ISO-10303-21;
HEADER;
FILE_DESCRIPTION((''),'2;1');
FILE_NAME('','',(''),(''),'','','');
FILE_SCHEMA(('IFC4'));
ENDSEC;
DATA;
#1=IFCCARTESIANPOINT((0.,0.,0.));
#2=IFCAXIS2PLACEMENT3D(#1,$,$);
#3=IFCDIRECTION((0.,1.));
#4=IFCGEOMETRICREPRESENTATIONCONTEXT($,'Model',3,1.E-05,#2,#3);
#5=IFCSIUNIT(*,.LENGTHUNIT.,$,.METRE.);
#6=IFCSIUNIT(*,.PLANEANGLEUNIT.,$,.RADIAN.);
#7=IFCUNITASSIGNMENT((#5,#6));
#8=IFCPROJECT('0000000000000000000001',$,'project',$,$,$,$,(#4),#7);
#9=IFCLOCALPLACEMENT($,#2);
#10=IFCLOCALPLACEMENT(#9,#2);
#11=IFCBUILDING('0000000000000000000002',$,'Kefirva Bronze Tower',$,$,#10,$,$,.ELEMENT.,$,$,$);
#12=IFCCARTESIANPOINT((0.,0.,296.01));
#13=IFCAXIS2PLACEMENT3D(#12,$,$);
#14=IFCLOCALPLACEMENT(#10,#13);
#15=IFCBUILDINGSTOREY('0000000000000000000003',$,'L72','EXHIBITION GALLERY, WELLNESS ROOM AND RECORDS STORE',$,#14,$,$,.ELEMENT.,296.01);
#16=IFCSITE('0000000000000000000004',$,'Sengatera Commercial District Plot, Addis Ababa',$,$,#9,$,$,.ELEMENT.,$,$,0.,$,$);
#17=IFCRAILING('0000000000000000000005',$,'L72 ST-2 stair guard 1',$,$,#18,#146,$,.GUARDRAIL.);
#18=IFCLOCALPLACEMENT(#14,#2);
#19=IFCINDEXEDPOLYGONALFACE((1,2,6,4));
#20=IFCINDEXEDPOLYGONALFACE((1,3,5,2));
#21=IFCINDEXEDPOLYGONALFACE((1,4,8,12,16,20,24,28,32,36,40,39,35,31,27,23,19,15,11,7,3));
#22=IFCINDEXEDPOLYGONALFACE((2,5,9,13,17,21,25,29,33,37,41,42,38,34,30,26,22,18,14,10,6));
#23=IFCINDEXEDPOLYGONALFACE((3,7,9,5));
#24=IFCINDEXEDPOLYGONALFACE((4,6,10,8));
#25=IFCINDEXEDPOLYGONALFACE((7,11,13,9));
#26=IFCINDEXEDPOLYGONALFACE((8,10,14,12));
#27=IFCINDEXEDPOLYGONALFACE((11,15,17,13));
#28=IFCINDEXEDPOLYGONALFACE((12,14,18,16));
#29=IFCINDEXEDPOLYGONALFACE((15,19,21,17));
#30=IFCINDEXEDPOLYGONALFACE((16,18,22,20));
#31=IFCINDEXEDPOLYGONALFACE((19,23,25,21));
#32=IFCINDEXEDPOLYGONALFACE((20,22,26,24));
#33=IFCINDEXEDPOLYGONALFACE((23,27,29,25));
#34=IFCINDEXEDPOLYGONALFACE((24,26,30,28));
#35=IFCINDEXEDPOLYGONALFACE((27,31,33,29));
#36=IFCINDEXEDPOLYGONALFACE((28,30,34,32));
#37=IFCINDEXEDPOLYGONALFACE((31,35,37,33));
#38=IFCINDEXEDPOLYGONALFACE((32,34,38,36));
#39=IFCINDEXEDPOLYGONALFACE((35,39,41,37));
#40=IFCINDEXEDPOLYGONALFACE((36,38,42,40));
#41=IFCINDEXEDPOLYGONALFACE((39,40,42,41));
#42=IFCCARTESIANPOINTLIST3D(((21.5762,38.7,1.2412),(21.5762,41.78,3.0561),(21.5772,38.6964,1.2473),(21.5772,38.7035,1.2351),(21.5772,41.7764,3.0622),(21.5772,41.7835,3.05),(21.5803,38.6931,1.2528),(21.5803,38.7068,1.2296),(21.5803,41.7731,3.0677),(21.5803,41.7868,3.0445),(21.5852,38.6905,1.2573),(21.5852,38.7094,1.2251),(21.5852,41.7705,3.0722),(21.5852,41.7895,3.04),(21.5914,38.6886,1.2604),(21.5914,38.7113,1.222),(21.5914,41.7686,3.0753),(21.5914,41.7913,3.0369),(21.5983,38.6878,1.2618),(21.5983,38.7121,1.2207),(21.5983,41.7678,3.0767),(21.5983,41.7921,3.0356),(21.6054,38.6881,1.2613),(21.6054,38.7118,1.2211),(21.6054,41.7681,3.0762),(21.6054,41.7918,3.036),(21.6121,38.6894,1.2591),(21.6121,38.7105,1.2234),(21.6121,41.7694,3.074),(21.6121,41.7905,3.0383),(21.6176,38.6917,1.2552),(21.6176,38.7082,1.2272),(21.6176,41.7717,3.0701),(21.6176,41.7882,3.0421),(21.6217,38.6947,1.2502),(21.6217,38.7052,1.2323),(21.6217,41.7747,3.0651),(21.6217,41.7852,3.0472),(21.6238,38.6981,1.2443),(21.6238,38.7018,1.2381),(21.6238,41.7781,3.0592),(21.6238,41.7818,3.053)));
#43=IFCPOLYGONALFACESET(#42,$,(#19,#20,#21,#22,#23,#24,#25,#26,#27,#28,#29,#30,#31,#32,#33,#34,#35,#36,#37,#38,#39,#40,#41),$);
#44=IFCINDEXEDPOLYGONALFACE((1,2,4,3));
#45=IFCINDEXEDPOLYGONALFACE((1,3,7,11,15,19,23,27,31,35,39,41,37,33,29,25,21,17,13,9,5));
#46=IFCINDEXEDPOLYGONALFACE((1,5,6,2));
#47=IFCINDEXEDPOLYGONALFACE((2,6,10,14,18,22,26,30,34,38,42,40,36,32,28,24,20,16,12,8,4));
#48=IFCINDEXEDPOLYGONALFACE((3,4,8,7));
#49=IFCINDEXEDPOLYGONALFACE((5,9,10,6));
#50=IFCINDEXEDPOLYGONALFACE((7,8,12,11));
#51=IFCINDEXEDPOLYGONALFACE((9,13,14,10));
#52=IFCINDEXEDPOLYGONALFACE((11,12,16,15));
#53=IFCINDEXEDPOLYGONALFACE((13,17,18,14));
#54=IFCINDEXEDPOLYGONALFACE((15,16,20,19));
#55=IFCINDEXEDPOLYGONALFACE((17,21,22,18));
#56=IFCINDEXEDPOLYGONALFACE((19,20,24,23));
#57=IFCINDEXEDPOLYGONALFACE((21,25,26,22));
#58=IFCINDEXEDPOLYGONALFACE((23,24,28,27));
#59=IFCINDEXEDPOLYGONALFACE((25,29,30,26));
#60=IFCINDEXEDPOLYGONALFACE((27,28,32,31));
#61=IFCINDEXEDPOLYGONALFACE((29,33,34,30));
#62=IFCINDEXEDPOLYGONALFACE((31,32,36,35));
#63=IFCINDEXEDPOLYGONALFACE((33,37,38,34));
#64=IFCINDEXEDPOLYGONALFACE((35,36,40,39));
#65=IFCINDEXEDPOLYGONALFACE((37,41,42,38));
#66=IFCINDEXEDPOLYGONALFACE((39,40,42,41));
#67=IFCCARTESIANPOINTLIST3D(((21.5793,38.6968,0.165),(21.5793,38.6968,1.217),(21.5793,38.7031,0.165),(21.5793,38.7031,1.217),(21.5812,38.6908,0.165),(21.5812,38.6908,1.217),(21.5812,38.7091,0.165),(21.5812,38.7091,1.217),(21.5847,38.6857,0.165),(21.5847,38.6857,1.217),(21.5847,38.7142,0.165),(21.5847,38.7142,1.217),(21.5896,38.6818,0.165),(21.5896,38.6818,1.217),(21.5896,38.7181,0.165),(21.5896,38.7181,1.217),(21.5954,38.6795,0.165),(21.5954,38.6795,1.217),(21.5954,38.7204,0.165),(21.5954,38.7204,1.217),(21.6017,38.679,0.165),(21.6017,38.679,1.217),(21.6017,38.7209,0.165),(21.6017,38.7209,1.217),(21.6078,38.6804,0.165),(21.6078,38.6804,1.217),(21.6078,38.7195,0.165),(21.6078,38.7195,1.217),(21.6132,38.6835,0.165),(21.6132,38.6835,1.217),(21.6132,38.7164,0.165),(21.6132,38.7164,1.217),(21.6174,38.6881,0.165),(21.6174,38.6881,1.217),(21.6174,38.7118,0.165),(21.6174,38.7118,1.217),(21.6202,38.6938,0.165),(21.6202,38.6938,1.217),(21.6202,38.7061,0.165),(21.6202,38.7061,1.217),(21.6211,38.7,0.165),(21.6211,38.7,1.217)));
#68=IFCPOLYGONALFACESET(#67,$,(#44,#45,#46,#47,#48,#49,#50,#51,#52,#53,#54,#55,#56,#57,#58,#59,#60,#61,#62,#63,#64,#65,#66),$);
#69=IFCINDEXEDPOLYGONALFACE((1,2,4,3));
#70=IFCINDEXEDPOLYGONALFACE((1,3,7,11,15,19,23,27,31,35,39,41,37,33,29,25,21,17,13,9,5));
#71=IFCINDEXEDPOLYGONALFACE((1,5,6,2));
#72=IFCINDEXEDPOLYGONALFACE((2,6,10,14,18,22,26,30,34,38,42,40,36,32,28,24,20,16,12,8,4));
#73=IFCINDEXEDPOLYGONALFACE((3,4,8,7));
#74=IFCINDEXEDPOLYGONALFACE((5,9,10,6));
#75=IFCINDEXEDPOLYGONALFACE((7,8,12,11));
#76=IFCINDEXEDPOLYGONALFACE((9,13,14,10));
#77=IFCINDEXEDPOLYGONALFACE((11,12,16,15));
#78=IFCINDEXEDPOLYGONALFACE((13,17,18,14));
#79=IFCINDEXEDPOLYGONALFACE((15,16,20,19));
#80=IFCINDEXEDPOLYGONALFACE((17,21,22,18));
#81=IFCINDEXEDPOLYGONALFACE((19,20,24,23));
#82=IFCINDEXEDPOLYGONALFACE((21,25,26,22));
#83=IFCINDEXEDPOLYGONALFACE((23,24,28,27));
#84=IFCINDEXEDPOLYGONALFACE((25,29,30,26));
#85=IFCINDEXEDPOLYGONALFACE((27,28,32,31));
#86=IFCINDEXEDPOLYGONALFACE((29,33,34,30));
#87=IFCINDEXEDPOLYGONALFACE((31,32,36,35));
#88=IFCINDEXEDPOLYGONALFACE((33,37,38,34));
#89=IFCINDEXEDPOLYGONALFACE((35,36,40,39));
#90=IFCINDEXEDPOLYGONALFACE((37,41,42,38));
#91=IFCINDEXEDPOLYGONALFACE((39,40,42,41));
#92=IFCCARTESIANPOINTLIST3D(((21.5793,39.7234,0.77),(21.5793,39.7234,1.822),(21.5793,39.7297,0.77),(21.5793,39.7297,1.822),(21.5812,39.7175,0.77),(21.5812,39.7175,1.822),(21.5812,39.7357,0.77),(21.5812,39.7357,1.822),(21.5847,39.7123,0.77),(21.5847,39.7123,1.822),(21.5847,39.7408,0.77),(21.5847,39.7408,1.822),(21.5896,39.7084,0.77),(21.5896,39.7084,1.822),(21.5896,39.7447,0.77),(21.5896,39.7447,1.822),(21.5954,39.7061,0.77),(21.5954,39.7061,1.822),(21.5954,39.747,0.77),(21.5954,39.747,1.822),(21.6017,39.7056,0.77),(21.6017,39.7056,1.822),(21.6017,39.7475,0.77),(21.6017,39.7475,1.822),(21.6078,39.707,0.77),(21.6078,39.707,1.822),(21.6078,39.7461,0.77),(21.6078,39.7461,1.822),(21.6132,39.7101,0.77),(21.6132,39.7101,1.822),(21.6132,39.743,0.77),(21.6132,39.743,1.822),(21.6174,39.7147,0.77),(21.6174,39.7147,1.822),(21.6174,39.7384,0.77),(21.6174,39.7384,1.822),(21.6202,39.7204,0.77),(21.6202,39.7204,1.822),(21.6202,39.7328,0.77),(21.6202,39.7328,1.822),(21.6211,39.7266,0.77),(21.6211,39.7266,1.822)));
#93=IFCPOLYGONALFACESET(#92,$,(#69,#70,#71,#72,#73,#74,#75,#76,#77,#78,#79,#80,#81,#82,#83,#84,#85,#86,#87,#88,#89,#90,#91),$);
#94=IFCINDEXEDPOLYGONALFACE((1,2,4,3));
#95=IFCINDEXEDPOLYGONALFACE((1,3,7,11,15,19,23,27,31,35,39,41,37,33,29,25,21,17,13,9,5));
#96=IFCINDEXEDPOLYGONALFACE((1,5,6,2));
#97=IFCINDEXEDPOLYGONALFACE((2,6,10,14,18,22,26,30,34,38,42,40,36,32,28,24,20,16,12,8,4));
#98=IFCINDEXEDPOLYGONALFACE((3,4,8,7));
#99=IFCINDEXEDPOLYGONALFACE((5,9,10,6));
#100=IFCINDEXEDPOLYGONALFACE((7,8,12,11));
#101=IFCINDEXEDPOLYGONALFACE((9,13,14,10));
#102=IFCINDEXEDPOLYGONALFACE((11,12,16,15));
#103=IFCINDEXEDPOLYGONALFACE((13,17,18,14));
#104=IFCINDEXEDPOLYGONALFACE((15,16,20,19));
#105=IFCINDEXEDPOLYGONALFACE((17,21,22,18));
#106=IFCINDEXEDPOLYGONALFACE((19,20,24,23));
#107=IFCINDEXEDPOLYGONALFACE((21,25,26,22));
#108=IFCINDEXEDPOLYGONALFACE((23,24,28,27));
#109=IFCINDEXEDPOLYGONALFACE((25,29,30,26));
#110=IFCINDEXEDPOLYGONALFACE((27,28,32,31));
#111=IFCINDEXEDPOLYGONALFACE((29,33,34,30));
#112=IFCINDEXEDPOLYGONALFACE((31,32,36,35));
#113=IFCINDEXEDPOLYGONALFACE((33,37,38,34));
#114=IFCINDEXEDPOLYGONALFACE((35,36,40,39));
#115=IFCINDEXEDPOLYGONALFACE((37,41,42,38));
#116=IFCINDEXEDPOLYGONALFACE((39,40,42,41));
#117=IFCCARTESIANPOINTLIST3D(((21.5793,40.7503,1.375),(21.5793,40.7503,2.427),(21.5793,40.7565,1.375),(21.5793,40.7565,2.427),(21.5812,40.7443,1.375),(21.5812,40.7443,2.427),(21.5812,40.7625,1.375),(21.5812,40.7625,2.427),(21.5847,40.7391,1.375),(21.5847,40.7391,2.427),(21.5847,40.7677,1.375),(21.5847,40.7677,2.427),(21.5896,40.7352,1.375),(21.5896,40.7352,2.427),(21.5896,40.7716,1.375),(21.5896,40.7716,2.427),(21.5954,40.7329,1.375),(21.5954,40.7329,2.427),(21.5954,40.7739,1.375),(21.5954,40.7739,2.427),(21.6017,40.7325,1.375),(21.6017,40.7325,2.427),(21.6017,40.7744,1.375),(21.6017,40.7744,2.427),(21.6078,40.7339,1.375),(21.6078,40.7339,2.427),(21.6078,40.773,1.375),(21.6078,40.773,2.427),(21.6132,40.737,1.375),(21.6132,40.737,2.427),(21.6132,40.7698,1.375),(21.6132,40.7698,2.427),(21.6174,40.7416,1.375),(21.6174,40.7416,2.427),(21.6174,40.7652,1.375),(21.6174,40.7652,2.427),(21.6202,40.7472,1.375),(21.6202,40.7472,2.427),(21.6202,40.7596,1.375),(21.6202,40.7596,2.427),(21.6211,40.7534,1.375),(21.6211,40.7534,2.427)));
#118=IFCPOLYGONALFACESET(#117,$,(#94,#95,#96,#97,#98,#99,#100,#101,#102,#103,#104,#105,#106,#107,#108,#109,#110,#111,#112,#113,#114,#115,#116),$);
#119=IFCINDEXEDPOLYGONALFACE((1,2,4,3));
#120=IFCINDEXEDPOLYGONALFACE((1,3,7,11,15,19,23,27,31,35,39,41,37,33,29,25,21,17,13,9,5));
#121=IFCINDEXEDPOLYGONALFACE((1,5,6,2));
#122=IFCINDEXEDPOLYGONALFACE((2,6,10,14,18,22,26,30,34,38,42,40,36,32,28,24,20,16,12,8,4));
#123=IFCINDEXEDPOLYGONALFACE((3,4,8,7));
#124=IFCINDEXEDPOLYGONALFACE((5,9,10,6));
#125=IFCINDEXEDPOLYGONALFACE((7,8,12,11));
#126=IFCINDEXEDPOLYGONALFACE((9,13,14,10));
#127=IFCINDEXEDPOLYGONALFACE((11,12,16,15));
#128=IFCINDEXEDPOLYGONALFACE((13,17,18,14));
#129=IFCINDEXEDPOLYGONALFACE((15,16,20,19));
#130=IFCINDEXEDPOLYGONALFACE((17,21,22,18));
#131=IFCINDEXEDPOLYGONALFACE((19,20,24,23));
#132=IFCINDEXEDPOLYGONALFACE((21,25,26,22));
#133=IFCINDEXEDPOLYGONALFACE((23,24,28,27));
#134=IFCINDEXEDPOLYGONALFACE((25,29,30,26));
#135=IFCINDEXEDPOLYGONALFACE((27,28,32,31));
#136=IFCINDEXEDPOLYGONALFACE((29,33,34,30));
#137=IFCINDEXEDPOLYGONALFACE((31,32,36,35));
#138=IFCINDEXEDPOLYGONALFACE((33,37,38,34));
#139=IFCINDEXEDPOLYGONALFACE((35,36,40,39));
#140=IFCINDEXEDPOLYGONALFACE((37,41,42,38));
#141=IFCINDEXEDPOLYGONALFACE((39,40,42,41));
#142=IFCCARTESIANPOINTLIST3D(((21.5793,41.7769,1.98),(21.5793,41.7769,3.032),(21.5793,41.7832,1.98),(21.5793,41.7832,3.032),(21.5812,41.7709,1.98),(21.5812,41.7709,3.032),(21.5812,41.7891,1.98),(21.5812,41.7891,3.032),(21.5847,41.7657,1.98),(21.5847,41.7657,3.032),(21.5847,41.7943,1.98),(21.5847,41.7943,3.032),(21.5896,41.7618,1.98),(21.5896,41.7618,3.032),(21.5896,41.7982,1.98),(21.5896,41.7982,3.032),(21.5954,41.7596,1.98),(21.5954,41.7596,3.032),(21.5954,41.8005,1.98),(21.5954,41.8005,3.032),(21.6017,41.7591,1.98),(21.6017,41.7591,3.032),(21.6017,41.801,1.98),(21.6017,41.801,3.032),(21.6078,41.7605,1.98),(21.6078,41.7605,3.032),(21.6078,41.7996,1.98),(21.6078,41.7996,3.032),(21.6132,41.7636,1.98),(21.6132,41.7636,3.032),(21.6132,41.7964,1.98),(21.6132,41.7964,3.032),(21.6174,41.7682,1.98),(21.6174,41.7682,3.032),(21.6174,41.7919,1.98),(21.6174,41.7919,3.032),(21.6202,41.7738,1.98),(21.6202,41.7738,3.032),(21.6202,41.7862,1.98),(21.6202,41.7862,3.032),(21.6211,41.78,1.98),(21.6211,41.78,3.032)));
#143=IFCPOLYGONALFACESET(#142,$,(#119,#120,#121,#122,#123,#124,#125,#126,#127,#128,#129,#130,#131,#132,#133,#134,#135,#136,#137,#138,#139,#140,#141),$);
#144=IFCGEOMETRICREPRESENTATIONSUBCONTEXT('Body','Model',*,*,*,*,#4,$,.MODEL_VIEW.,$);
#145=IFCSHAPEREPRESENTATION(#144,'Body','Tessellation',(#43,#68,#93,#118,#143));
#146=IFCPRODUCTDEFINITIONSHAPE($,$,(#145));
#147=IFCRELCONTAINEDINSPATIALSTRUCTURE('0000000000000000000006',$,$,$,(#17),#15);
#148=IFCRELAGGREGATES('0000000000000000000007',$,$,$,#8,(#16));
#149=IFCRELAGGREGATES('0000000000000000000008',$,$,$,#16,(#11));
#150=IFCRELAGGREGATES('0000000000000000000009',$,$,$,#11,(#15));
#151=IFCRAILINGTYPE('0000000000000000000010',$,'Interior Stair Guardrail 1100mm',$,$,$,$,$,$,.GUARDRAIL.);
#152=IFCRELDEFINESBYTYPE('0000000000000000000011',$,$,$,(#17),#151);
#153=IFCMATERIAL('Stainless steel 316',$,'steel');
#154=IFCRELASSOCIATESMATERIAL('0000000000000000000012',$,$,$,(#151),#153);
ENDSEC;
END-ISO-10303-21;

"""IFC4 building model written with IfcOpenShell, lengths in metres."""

from ifc_helpers import new_model, si_unit, direction, frame, origin, origin_2d, place, context, subcontext, project, spatial, circle, extrude, material, type_object, element, save


model = new_model("IFC4")

# Units and contexts
model_context = context("Model", 3, precision=1e-05, world=origin(), true_north=direction((0.0, 1.0)))
body_context = subcontext(model_context, "Body", "Model", "MODEL_VIEW")
ifc_project = project(units=[si_unit("LENGTHUNIT", "METRE"), si_unit("PLANEANGLEUNIT", "RADIAN")], contexts=[model_context])

# Site, building, storey
site_placement = place(None, origin())
site = spatial("IfcSite", under=ifc_project, at=site_placement, Name="Sengatera Commercial District Plot, Addis Ababa", CompositionType="ELEMENT", RefElevation=0.0)
building_placement = place(site_placement, origin())
building = spatial("IfcBuilding", under=site, at=building_placement, Name="Kefirva Bronze Tower", CompositionType="ELEMENT")
storey_placement = place(building_placement, frame((0.0, 0.0, 296.01)))
storey = spatial("IfcBuildingStorey", under=building, at=storey_placement, Name="L72", Description="EXHIBITION GALLERY, WELLNESS ROOM AND RECORDS STORE", CompositionType="ELEMENT", Elevation=296.01)

# Railing
ifc_material_1 = material(Name="Stainless steel 316", Category="steel")
railing_type_1 = type_object("IfcRailingType", Name="Interior Stair Guardrail 1100mm", PredefinedType="GUARDRAIL", material=ifc_material_1)
railing_1_placement = place(storey_placement, frame((21.6001, 38.7, 0.165)))
element("IfcRailing", 1, at=railing_1_placement, inside=storey, type_object=railing_type_1, Name="L72 ST-2 stair guard 1", PredefinedType="GUARDRAIL", context=body_context, shape_type="SweptSolid", body=[
    extrude(circle(Radius=0.0239, at=origin_2d()), frame((0.0, 0.0, 1.0762), z_axis=(0.0, 0.861551, 0.507671), x_axis=(-1.0, 0.0, 0.0)), (0.0, 0.0, 1.0), 3.575),
    extrude(circle(Radius=0.021, at=origin_2d()), origin(), (0.0, 0.0, 1.0), 1.052),
    extrude(circle(Radius=0.021, at=origin_2d()), frame((0.0, 1.0266, 0.605)), (0.0, 0.0, 1.0), 1.052),
    extrude(circle(Radius=0.021, at=origin_2d()), frame((0.0, 2.0535, 1.21)), (0.0, 0.0, 1.0), 1.052),
    extrude(circle(Radius=0.021, at=origin_2d()), frame((0.0, 3.0801, 1.8149)), (0.0, 0.0, 1.0), 1.052),
])

save(model, "model.ifc")
